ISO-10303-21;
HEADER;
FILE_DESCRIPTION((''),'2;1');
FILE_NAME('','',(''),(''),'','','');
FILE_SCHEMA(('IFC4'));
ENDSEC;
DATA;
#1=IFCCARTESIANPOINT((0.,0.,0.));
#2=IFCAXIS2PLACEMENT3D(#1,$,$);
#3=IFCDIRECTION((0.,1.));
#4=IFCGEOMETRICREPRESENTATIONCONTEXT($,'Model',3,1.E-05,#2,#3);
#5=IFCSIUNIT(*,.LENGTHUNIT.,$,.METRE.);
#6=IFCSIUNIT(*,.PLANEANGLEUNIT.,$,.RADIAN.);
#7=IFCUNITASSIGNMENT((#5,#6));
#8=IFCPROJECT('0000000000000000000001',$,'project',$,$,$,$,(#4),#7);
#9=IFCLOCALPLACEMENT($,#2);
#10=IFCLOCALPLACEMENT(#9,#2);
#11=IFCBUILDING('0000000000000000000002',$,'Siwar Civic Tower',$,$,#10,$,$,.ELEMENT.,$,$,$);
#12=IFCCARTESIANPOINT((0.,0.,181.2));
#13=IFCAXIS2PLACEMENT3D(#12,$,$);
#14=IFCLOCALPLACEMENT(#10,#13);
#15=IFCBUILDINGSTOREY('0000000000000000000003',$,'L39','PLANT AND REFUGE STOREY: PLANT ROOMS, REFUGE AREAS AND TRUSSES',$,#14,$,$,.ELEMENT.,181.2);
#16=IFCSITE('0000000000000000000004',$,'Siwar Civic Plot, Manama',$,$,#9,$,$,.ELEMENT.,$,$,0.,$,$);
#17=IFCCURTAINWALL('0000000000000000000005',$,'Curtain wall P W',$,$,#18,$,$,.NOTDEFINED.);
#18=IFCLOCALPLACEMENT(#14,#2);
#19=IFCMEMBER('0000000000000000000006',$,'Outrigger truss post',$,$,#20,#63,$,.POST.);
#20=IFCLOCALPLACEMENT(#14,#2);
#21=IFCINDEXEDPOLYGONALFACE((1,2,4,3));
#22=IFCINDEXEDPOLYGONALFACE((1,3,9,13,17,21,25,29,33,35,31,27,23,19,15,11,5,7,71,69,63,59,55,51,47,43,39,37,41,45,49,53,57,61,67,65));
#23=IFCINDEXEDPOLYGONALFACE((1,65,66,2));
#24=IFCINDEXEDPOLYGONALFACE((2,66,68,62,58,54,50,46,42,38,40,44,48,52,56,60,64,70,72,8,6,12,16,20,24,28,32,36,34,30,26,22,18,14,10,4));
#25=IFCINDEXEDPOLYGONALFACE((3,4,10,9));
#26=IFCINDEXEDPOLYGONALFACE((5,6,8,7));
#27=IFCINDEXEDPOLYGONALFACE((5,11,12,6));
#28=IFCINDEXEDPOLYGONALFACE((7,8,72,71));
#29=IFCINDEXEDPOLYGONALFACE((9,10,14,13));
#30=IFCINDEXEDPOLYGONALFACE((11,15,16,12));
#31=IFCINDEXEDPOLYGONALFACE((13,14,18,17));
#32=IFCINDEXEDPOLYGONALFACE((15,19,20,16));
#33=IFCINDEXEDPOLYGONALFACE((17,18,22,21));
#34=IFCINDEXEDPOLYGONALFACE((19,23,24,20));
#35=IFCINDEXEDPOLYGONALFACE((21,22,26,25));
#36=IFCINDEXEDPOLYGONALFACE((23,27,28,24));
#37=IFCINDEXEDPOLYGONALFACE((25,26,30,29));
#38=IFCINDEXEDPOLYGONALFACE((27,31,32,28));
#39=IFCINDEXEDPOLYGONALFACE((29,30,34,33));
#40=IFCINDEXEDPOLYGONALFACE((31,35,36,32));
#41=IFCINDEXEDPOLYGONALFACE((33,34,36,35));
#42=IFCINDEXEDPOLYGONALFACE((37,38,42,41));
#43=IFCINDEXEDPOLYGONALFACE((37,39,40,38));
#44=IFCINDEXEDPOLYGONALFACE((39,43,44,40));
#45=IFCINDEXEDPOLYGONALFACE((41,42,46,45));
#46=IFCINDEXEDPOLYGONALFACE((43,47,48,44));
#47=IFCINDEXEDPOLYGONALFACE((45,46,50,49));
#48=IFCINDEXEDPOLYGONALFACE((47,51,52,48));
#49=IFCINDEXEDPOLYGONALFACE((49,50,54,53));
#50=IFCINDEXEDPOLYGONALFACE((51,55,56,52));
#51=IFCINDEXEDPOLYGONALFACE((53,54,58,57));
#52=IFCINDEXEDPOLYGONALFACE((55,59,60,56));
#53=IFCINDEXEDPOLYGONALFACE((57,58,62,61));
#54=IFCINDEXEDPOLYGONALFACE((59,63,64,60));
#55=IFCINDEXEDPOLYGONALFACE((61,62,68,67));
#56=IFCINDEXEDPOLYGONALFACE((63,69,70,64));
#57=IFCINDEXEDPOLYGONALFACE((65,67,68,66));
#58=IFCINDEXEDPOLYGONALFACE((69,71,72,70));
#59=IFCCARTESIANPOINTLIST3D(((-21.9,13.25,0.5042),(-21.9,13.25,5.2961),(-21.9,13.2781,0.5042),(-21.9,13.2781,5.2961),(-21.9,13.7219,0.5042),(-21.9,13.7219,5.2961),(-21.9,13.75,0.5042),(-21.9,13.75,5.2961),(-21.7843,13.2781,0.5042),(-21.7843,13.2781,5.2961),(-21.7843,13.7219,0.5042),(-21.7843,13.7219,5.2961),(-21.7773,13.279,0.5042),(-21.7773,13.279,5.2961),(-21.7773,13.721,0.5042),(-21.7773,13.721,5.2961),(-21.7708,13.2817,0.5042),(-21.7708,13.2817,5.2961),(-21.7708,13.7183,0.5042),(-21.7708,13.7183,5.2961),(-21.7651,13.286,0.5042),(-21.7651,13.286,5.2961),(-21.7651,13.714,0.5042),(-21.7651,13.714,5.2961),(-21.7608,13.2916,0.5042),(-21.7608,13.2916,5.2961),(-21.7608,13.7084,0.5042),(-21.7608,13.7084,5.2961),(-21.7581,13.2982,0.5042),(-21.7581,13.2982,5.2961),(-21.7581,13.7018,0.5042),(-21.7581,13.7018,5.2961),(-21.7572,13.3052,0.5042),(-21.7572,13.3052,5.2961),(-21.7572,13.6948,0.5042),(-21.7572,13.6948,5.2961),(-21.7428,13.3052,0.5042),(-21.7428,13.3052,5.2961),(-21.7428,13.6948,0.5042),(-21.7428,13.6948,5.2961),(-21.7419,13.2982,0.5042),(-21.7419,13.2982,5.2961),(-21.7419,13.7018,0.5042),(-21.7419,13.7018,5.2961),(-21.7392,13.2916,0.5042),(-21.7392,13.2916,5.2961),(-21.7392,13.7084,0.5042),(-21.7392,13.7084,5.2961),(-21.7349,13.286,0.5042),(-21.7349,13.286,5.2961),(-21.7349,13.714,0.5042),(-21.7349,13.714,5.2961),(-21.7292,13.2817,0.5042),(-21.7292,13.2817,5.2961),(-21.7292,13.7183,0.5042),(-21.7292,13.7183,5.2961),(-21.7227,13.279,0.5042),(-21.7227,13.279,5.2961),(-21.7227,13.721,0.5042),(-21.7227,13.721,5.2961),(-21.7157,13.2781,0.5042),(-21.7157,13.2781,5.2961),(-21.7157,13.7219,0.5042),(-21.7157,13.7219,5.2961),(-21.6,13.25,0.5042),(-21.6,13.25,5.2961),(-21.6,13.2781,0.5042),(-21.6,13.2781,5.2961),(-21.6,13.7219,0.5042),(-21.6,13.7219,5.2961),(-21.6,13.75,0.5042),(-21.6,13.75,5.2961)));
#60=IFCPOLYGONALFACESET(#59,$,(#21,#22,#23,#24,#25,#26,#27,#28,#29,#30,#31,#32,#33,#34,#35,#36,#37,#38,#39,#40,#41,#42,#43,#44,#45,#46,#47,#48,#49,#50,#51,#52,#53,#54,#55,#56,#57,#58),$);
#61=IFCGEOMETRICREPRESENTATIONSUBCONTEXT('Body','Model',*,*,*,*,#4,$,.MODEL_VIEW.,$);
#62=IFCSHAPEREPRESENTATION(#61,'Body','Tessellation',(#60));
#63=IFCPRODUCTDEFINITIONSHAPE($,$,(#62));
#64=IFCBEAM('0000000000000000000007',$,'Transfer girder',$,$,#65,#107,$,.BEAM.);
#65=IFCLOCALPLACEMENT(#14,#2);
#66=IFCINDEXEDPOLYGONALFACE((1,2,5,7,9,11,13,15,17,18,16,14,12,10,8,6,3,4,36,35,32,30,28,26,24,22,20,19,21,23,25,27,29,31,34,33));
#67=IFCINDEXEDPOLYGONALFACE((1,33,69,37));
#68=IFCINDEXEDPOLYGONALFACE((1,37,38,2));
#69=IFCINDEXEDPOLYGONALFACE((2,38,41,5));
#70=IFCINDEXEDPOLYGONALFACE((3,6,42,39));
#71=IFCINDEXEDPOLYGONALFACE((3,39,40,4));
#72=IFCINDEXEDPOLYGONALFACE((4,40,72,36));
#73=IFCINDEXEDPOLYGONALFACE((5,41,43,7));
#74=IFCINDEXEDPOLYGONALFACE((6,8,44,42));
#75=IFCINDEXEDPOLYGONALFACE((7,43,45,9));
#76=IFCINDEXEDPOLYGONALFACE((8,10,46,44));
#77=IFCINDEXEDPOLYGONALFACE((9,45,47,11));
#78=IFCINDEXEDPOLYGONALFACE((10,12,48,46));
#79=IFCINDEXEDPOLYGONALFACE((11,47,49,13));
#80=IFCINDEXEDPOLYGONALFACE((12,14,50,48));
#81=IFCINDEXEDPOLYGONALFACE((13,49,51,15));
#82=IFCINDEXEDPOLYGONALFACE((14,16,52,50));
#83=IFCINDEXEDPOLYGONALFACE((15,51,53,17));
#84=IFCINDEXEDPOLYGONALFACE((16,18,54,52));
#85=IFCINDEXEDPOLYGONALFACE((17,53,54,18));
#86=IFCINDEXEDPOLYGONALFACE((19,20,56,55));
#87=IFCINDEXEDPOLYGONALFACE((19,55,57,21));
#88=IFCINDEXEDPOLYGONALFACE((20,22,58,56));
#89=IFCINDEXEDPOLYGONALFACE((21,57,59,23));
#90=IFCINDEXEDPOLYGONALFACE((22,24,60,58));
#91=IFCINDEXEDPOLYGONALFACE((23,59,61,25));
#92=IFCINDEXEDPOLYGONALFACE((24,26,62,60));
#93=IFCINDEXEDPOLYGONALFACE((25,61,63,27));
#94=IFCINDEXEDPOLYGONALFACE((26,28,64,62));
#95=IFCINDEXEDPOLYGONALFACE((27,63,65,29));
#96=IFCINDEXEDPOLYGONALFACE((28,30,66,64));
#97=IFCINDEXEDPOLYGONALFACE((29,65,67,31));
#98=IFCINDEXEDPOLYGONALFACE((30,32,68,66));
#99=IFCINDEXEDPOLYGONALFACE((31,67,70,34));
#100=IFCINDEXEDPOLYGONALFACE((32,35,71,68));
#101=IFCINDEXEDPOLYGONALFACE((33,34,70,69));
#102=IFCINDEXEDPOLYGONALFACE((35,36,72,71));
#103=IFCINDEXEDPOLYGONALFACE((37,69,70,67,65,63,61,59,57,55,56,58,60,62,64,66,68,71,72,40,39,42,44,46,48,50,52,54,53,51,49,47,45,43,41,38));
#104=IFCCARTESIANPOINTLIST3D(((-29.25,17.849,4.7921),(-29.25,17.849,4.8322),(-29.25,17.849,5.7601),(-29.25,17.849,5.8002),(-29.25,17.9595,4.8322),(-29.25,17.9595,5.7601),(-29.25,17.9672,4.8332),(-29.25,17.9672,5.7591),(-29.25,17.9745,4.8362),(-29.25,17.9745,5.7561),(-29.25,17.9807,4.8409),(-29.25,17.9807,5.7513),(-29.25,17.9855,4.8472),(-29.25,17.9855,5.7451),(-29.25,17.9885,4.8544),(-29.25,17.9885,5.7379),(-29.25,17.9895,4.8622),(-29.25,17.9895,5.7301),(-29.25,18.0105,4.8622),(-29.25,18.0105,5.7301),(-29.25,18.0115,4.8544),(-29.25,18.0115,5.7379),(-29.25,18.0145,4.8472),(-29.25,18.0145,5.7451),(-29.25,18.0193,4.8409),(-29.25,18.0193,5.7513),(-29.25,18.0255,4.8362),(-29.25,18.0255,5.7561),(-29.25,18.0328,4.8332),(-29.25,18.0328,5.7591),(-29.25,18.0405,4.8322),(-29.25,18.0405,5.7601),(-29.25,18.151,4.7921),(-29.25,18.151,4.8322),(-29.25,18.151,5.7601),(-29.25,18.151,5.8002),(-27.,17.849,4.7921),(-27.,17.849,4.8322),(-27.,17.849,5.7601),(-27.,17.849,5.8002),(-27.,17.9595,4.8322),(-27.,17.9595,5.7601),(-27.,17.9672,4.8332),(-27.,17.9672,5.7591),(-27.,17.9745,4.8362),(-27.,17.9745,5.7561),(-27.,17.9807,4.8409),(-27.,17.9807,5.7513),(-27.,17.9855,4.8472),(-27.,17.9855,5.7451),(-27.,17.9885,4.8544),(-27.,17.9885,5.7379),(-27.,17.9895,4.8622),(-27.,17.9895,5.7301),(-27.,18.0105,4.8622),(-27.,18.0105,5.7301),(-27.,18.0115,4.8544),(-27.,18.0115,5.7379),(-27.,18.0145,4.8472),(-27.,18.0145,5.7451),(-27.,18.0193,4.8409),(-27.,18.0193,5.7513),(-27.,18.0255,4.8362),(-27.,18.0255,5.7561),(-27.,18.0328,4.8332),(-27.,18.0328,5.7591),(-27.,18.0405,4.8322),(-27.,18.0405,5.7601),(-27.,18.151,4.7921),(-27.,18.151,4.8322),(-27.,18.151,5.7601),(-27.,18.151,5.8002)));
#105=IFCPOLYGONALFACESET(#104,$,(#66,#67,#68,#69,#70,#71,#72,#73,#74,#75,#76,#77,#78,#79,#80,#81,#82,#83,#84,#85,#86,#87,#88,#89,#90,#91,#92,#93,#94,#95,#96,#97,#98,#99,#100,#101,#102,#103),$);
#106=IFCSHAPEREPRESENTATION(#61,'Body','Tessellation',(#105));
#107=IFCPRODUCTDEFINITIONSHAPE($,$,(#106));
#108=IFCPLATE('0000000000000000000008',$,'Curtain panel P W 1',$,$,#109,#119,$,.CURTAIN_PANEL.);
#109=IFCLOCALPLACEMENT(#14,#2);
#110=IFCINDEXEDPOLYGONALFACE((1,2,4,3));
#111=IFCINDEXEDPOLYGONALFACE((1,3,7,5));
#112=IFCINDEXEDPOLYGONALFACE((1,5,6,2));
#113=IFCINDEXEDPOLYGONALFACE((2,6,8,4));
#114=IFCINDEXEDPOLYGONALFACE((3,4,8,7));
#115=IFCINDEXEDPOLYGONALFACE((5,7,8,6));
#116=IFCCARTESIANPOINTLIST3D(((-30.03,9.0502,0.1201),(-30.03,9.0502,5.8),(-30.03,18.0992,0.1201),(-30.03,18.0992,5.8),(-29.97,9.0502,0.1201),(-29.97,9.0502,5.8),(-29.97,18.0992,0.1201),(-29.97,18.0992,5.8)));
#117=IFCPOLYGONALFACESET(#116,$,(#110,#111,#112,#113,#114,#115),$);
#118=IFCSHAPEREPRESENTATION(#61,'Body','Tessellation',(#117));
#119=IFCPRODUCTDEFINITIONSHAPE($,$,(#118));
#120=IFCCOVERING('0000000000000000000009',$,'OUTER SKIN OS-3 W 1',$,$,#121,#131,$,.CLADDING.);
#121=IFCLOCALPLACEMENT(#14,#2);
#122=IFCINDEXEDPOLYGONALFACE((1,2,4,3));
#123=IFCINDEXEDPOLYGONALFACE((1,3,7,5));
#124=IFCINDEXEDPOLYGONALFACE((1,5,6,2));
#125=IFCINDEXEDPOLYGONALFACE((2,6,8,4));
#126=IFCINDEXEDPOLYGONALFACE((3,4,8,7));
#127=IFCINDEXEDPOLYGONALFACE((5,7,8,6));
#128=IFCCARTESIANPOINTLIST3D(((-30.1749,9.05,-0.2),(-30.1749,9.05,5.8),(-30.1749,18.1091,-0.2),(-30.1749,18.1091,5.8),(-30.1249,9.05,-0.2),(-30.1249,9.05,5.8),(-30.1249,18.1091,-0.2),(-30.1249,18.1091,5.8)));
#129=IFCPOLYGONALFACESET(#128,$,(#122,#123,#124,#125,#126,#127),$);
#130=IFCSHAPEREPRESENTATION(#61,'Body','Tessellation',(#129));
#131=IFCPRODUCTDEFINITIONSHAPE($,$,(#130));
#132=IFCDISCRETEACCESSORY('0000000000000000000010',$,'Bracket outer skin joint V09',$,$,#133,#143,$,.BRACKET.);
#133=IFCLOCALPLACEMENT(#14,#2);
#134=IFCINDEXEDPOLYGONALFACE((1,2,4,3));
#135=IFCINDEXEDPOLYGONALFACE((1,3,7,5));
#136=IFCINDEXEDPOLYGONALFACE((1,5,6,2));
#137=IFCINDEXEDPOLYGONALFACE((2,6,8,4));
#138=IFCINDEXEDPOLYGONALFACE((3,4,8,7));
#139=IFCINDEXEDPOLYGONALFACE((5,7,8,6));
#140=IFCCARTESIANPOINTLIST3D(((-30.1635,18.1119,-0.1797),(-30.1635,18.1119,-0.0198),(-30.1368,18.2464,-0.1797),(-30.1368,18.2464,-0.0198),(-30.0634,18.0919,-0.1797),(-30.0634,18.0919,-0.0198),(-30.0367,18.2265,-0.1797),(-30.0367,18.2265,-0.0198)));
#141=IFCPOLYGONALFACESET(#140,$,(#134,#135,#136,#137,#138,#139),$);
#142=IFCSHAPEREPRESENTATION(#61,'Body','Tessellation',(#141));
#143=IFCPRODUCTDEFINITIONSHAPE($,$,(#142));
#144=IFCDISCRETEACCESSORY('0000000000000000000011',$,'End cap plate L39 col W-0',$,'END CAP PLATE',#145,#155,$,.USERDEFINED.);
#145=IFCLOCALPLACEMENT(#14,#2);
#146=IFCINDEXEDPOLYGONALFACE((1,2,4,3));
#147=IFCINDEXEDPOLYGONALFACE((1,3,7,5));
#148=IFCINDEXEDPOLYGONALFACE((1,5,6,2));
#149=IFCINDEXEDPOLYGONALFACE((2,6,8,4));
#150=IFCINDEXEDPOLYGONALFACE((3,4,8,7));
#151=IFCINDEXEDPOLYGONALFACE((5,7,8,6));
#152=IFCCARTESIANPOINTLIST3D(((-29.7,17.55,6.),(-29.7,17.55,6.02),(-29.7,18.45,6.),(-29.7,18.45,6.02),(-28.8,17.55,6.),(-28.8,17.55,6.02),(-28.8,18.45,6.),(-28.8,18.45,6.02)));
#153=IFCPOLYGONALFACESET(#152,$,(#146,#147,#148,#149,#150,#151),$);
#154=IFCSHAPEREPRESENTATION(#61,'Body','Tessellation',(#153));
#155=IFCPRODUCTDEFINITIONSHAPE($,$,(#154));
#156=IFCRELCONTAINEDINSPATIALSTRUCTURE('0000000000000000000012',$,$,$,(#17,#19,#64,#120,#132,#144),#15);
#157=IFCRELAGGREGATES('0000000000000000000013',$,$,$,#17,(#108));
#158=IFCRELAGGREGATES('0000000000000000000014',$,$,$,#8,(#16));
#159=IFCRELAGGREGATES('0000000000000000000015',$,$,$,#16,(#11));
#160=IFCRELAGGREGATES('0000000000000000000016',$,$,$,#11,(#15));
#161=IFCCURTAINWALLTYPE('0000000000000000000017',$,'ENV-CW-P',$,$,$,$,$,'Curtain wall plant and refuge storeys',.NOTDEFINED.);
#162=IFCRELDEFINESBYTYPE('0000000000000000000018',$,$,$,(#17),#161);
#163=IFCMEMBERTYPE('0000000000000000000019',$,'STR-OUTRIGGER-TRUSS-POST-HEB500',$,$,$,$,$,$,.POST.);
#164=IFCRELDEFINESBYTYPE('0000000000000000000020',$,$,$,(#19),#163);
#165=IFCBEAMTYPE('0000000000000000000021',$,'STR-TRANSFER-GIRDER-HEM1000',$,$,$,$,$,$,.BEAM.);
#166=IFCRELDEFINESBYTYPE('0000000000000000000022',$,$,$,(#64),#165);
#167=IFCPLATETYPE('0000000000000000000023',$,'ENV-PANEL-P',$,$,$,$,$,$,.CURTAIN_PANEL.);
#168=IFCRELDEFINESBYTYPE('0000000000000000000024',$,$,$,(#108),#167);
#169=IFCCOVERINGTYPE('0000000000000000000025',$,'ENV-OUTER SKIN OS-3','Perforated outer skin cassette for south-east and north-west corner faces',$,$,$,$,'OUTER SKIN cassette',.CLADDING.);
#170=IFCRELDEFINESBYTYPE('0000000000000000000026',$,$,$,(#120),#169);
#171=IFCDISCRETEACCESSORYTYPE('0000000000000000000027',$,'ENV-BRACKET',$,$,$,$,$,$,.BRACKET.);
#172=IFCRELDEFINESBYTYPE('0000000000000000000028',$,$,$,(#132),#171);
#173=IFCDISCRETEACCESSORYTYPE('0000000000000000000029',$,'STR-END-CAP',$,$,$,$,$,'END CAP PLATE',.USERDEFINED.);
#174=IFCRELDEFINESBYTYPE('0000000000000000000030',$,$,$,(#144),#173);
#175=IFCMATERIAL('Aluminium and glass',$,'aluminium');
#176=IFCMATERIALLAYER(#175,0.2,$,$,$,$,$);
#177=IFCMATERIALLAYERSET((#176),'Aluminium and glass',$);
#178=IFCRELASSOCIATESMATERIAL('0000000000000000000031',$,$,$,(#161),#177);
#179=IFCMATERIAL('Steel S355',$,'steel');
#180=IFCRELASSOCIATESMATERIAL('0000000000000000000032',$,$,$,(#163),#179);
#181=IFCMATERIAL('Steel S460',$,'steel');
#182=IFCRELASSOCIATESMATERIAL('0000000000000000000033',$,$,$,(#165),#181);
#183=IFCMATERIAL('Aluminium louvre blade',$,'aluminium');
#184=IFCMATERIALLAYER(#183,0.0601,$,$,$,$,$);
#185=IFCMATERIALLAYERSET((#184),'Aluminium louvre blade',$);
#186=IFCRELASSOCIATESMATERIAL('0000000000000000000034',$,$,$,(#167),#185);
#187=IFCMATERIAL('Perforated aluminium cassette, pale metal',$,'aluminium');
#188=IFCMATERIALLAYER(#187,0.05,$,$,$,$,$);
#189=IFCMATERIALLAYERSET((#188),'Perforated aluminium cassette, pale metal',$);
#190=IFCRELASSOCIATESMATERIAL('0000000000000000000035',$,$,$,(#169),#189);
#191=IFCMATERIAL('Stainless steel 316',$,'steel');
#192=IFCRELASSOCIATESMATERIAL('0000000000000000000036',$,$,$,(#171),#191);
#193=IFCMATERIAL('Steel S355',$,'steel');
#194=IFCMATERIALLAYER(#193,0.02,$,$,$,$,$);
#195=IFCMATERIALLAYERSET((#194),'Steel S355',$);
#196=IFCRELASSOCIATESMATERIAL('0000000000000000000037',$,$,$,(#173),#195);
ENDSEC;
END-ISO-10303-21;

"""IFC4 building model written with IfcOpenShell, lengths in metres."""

from ifc_helpers import new_model, si_unit, direction, frame, origin, origin_2d, place, context, subcontext, project, spatial, rectangle, i_section, extrude, material, layer, layer_set, material_profile, profile_set, type_object, element, aggregate, save


model = new_model("IFC4")

# Units and contexts
model_context = context("Model", 3, precision=1e-05, world=origin(), true_north=direction((0.0, 1.0)))
body_context = subcontext(model_context, "Body", "Model", "MODEL_VIEW")
ifc_project = project(units=[si_unit("LENGTHUNIT", "METRE"), si_unit("PLANEANGLEUNIT", "RADIAN")], contexts=[model_context])

# Site, building, storey
site_placement = place(None, origin())
site = spatial("IfcSite", under=ifc_project, at=site_placement, Name="Siwar Civic Plot, Manama", CompositionType="ELEMENT", RefElevation=0.0)
building_placement = place(site_placement, origin())
building = spatial("IfcBuilding", under=site, at=building_placement, Name="Siwar Civic Tower", CompositionType="ELEMENT")
storey_placement = place(building_placement, frame((0.0, 0.0, 181.2)))
storey = spatial("IfcBuildingStorey", under=building, at=storey_placement, Name="L39", Description="PLANT AND REFUGE STOREY: PLANT ROOMS, REFUGE AREAS AND TRUSSES", CompositionType="ELEMENT", Elevation=181.2)

# Curtain wall
ifc_material_1 = material(Name="Aluminium and glass", Category="aluminium")
ifc_layer_1 = layer(ifc_material_1, 0.2)
ifc_layer_set_1 = layer_set([ifc_layer_1], Name="Aluminium and glass")
curtain_wall_type = type_object("IfcCurtainWallType", Name="ENV-CW-P", ElementType="Curtain wall plant and refuge storeys", PredefinedType="NOTDEFINED", material=ifc_layer_set_1)
curtain_wall_placement = place(storey_placement, origin())
curtain_wall = element("IfcCurtainWall", 1, at=curtain_wall_placement, inside=storey, type_object=curtain_wall_type, Name="Curtain wall P W", PredefinedType="NOTDEFINED")

# Member
ifc_material_2 = material(Name="Steel S355", Category="steel")
ifc_material_profile_1 = material_profile(ifc_material_2, i_section(OverallWidth=0.3, OverallDepth=0.5, WebThickness=0.0144, FlangeThickness=0.0281, FilletRadius=0.0271, at=origin_2d()), Name="HEB500")
ifc_profile_set_1 = profile_set([ifc_material_profile_1], Name="Steel S355")
member_type_1 = type_object("IfcMemberType", Name="STR-OUTRIGGER-TRUSS-POST-HEB500", PredefinedType="POST", material=ifc_profile_set_1)
member_1_placement = place(storey_placement, frame((-21.75, 13.5, 0.5042), z_axis=(0.0, 0.0, 1.0), x_axis=(1.0, 0.0, 0.0)))
element("IfcMember", 2, at=member_1_placement, inside=storey, type_object=member_type_1, Name="Outrigger truss post", PredefinedType="POST", context=body_context, shape_type="SweptSolid", body=[
    extrude(i_section(OverallWidth=0.3, OverallDepth=0.5, WebThickness=0.0144, FlangeThickness=0.0281, FilletRadius=0.0271, at=origin_2d()), origin(), (0.0, 0.0, 1.0), 4.792),
])

# Beam
ifc_material_3 = material(Name="Steel S460", Category="steel")
ifc_material_profile_2 = material_profile(ifc_material_3, i_section(OverallWidth=0.302, OverallDepth=1.0081, WebThickness=0.021, FlangeThickness=0.04, FilletRadius=0.03, at=origin_2d()), Name="HEM1000")
ifc_profile_set_2 = profile_set([ifc_material_profile_2], Name="Steel S460")
beam_type_1 = type_object("IfcBeamType", Name="STR-TRANSFER-GIRDER-HEM1000", PredefinedType="BEAM", material=ifc_profile_set_2)
beam_1_placement = place(storey_placement, frame((-27.0, 18.0, 5.2961), z_axis=(-1.0, 0.0, 0.0), x_axis=(0.0, -1.0, 0.0)))
element("IfcBeam", 3, at=beam_1_placement, inside=storey, type_object=beam_type_1, Name="Transfer girder", PredefinedType="BEAM", context=body_context, shape_type="SweptSolid", body=[
    extrude(i_section(OverallWidth=0.302, OverallDepth=1.0081, WebThickness=0.021, FlangeThickness=0.04, FilletRadius=0.03, at=origin_2d()), origin(), (0.0, 0.0, 1.0), 2.25),
])

# Plate
ifc_material_4 = material(Name="Aluminium louvre blade", Category="aluminium")
ifc_layer_2 = layer(ifc_material_4, 0.0601)
ifc_layer_set_2 = layer_set([ifc_layer_2], Name="Aluminium louvre blade")
plate_type = type_object("IfcPlateType", Name="ENV-PANEL-P", PredefinedType="CURTAIN_PANEL", material=ifc_layer_set_2)
plate_placement = place(storey_placement, frame((-30.0, 13.5747, 0.1201), z_axis=(0.0, 0.0, 1.0), x_axis=(0.0, -1.0, 0.0)))
plate = element("IfcPlate", 4, at=plate_placement, type_object=plate_type, Name="Curtain panel P W 1", PredefinedType="CURTAIN_PANEL", context=body_context, shape_type="SweptSolid", body=[
    extrude(rectangle(XDim=9.0491, YDim=0.0601, at=origin_2d()), origin(), (0.0, 0.0, 1.0), 5.6799),
])
aggregate(curtain_wall, [plate])

# Covering
ifc_material_5 = material(Name="Perforated aluminium cassette, pale metal", Category="aluminium")
ifc_layer_3 = layer(ifc_material_5, 0.05)
ifc_layer_set_3 = layer_set([ifc_layer_3], Name="Perforated aluminium cassette, pale metal")
covering_type = type_object("IfcCoveringType", Name="ENV-OUTER SKIN OS-3", Description="Perforated outer skin cassette for south-east and north-west corner faces", ElementType="OUTER SKIN cassette", PredefinedType="CLADDING", material=ifc_layer_set_3)
covering_placement = place(storey_placement, frame((-30.1499, 13.5796, -0.2), z_axis=(0.0, 0.0, 1.0), x_axis=(0.0, -1.0, 0.0)))
element("IfcCovering", 5, at=covering_placement, inside=storey, type_object=covering_type, Name="OUTER SKIN OS-3 W 1", PredefinedType="CLADDING", context=body_context, shape_type="SweptSolid", body=[
    extrude(rectangle(XDim=9.0591, YDim=0.05, at=origin_2d()), origin(), (0.0, 0.0, 1.0), 6.0),
])

# Discrete accessories
ifc_material_6 = material(Name="Stainless steel 316", Category="steel")
discrete_accessory_type_1 = type_object("IfcDiscreteAccessoryType", Name="ENV-BRACKET", PredefinedType="BRACKET", material=ifc_material_6)
discrete_accessory_1_placement = place(storey_placement, frame((-30.1001, 18.1692, -0.1797), z_axis=(0.0, 0.0, 1.0), x_axis=(-0.980785, 0.19509, 0.0)))
element("IfcDiscreteAccessory", 6, at=discrete_accessory_1_placement, inside=storey, type_object=discrete_accessory_type_1, Name="Bracket outer skin joint V09", PredefinedType="BRACKET", context=body_context, shape_type="SweptSolid", body=[
    extrude(rectangle(XDim=0.1021, YDim=0.1372, at=origin_2d()), origin(), (0.0, 0.0, 1.0), 0.1599),
])
ifc_material_7 = material(Name="Steel S355", Category="steel")
ifc_layer_4 = layer(ifc_material_7, 0.02)
ifc_layer_set_4 = layer_set([ifc_layer_4], Name="Steel S355")
discrete_accessory_type_2 = type_object("IfcDiscreteAccessoryType", Name="STR-END-CAP", ElementType="END CAP PLATE", PredefinedType="USERDEFINED", material=ifc_layer_set_4)
discrete_accessory_2_placement = place(storey_placement, frame((-29.25, 18.0, 6.0), z_axis=(0.0, 0.0, 1.0), x_axis=(1.0, 0.0, 0.0)))
element("IfcDiscreteAccessory", 7, at=discrete_accessory_2_placement, inside=storey, type_object=discrete_accessory_type_2, Name="End cap plate L39 col W-0", ObjectType="END CAP PLATE", PredefinedType="USERDEFINED", context=body_context, shape_type="SweptSolid", body=[
    extrude(rectangle(XDim=0.8999, YDim=0.8999, at=origin_2d()), origin(), (0.0, 0.0, 1.0), 0.02),
])

save(model, "model.ifc")
